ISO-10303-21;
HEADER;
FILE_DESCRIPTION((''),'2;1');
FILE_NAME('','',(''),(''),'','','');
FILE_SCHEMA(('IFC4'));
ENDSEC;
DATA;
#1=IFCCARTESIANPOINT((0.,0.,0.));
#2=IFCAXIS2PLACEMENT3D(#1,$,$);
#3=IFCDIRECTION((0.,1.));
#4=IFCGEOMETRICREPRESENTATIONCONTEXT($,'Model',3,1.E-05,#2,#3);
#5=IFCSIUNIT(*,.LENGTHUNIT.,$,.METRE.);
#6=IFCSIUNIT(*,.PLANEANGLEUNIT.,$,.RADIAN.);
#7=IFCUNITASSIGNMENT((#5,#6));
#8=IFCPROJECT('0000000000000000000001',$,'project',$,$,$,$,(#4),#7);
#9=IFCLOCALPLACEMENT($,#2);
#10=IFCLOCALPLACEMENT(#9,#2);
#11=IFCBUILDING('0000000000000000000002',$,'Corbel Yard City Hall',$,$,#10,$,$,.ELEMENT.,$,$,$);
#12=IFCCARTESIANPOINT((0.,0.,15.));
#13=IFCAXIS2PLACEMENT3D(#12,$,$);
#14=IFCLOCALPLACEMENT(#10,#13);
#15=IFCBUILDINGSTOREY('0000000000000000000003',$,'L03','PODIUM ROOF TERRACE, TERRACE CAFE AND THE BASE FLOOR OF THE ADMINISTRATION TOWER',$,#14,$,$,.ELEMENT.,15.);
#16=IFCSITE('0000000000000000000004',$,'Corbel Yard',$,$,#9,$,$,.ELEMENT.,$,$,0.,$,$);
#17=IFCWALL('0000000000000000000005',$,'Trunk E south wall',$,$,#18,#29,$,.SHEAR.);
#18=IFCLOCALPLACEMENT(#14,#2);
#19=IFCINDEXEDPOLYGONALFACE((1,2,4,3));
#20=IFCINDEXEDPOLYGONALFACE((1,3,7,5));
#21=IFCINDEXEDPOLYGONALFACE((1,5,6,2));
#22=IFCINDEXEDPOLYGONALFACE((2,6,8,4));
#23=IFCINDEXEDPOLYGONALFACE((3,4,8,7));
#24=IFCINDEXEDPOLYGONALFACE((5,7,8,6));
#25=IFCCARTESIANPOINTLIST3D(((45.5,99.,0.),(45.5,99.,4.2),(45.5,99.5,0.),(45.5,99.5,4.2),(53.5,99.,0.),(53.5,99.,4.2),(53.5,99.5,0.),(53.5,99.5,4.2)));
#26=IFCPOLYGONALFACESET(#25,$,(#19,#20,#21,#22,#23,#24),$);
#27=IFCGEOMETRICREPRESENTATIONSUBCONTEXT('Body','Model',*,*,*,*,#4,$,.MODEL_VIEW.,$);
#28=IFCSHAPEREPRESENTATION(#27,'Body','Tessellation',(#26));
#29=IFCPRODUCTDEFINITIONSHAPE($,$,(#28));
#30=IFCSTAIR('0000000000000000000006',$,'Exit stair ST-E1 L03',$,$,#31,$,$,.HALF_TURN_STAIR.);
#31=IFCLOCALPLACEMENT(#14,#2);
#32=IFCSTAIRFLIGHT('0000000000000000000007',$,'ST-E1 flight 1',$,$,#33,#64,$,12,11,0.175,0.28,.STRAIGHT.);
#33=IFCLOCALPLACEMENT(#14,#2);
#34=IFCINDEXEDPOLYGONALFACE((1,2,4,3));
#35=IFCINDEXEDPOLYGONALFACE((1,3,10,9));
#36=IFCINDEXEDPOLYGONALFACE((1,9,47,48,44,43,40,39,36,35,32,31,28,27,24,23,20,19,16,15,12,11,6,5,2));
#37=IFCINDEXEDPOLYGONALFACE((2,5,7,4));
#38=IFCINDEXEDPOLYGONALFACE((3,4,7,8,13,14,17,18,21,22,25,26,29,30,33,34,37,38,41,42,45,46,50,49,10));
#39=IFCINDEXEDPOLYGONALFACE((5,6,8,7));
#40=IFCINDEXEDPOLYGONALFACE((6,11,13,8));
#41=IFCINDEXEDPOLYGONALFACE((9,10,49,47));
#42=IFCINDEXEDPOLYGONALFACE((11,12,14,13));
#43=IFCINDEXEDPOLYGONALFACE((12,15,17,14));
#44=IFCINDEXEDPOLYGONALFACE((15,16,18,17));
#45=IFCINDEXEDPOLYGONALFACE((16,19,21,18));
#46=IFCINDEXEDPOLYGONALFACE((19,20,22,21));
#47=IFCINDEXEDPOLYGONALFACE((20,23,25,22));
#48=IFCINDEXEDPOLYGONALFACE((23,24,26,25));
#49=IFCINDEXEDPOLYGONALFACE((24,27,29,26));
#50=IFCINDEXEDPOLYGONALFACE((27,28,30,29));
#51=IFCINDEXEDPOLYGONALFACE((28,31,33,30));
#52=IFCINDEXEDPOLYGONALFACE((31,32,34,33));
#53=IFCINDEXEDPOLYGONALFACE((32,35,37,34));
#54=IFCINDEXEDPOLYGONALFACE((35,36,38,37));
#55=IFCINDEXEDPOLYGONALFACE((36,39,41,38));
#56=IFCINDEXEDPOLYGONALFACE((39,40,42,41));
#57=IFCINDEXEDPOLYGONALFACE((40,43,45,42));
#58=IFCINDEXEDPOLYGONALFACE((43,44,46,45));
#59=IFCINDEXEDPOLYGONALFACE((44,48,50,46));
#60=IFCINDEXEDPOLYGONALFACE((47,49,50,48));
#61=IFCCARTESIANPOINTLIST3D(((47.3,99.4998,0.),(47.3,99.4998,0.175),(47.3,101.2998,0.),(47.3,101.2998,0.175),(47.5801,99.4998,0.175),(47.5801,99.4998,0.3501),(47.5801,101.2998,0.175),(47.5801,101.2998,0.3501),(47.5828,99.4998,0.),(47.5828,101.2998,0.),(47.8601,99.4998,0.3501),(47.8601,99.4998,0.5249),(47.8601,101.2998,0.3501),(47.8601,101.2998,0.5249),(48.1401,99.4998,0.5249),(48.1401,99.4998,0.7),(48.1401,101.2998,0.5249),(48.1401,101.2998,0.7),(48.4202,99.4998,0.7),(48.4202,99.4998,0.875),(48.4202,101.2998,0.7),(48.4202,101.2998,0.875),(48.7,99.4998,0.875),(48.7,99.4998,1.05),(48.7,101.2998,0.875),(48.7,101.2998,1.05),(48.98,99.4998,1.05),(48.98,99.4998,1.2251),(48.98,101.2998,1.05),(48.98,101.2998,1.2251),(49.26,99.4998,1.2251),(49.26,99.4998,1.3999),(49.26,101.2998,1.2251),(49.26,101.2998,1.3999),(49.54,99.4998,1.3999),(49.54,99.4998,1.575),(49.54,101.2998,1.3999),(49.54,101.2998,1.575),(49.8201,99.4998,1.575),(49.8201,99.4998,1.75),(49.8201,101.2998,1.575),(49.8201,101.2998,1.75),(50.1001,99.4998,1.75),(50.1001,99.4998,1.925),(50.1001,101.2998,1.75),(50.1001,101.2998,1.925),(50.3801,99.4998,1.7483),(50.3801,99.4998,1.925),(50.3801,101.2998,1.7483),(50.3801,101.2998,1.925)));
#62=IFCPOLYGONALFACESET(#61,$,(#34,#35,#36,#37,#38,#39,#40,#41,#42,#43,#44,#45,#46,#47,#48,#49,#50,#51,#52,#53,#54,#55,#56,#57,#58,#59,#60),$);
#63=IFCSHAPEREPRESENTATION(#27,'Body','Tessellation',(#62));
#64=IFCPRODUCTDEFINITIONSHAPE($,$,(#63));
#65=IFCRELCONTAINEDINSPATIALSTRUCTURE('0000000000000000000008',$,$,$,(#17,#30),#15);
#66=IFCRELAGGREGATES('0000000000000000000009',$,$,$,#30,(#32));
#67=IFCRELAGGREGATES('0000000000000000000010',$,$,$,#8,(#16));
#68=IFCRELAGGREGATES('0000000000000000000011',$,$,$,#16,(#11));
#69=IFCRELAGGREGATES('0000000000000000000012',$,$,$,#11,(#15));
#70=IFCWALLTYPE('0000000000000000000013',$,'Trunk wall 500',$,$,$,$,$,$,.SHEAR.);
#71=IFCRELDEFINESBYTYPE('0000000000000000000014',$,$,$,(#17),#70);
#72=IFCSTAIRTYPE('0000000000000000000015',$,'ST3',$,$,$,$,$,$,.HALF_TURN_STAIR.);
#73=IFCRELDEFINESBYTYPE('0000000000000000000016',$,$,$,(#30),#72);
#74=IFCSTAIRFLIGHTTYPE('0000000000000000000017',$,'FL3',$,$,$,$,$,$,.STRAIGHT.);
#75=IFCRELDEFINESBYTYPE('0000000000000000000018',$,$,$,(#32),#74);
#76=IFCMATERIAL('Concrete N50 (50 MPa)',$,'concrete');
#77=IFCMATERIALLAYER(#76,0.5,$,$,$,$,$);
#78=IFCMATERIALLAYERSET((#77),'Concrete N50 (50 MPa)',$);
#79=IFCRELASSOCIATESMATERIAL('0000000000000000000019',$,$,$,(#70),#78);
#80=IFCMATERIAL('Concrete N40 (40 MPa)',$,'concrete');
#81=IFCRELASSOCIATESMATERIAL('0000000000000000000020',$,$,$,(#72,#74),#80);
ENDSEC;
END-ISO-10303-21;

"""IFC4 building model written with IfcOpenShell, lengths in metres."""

from ifc_helpers import new_model, si_unit, direction, frame, frame_2d, origin, place, context, subcontext, project, spatial, polyline, rectangle, outline, extrude, material, layer, layer_set, type_object, element, aggregate, save


model = new_model("IFC4")

# Units and contexts
model_context = context("Model", 3, precision=1e-05, world=origin(), true_north=direction((0.0, 1.0)))
body_context = subcontext(model_context, "Body", "Model", "MODEL_VIEW")
ifc_project = project(units=[si_unit("LENGTHUNIT", "METRE"), si_unit("PLANEANGLEUNIT", "RADIAN")], contexts=[model_context])

# Site, building, storey
site_placement = place(None, origin())
site = spatial("IfcSite", under=ifc_project, at=site_placement, Name="Corbel Yard", CompositionType="ELEMENT", RefElevation=0.0)
building_placement = place(site_placement, origin())
building = spatial("IfcBuilding", under=site, at=building_placement, Name="Corbel Yard City Hall", CompositionType="ELEMENT")
storey_placement = place(building_placement, frame((0.0, 0.0, 15.0)))
storey = spatial("IfcBuildingStorey", under=building, at=storey_placement, Name="L03", Description="PODIUM ROOF TERRACE, TERRACE CAFE AND THE BASE FLOOR OF THE ADMINISTRATION TOWER", CompositionType="ELEMENT", Elevation=15.0)

# Shared definitions
ifc_material_1 = material(Name="Concrete N40 (40 MPa)", Category="concrete")

# Shared definitions
ifc_material_2 = material(Name="Concrete N50 (50 MPa)", Category="concrete")
ifc_layer_1 = layer(ifc_material_2, 0.5)
ifc_layer_set_1 = layer_set([ifc_layer_1], Name="Concrete N50 (50 MPa)")
wall_type_1 = type_object("IfcWallType", Name="Trunk wall 500", PredefinedType="SHEAR", material=ifc_layer_set_1)

# Wall
wall_1_placement = place(storey_placement, frame((45.5, 99.25, 0.0), z_axis=(0.0, 0.0, 1.0), x_axis=(1.0, 0.0, 0.0)))
element("IfcWall", 1, at=wall_1_placement, inside=storey, type_object=wall_type_1, Name="Trunk E south wall", PredefinedType="SHEAR", context=body_context, shape_type="SweptSolid", body=[
    extrude(rectangle(XDim=8.0, YDim=0.5, at=frame_2d((4.0, 0.0))), origin(), (0.0, 0.0, 1.0), 4.2),
])

# Stair, stair flight
stair_type = type_object("IfcStairType", Name="ST3", PredefinedType="HALF_TURN_STAIR", material=ifc_material_1)
stair_placement = place(storey_placement, origin())
stair = element("IfcStair", 2, at=stair_placement, inside=storey, type_object=stair_type, Name="Exit stair ST-E1 L03", PredefinedType="HALF_TURN_STAIR")
stair_flight_type = type_object("IfcStairFlightType", Name="FL3", PredefinedType="STRAIGHT", material=ifc_material_1)
stair_flight_placement = place(storey_placement, frame((47.3, 100.3999, 0.0), z_axis=(0.0, 0.0, 1.0), x_axis=(1.0, 0.0, 0.0)))
stair_flight = element("IfcStairFlight", 3, at=stair_flight_placement, type_object=stair_flight_type, Name="ST-E1 flight 1", NumberOfRisers=12, NumberOfTreads=11, PredefinedType="STRAIGHT", RiserHeight=0.175, TreadLength=0.28, context=body_context, shape_type="SweptSolid", body=[
    extrude(outline(polyline([(0.0, 0.0), (0.0, 0.175), (0.28, 0.175), (0.28, 0.3501), (0.5601, 0.3501), (0.5601, 0.5249), (0.8401, 0.5249), (0.8401, 0.7), (1.1201, 0.7), (1.1201, 0.875), (1.3999, 0.875), (1.3999, 1.05), (1.6799, 1.05), (1.6799, 1.2251), (1.96, 1.2251), (1.96, 1.3999), (2.24, 1.3999), (2.24, 1.575), (2.52, 1.575), (2.52, 1.75), (2.8, 1.75), (2.8, 1.925), (3.0801, 1.925), (3.0801, 2.1001), (3.0801, 1.7483), (0.2827, 0.0), (0.0, 0.0)])), frame((0.0, 0.8999, 0.0), z_axis=(0.0, -1.0, 0.0), x_axis=(1.0, 0.0, 0.0)), (0.0, 0.0, 1.0), 1.8),
])
aggregate(stair, [stair_flight])

save(model, "model.ifc")
